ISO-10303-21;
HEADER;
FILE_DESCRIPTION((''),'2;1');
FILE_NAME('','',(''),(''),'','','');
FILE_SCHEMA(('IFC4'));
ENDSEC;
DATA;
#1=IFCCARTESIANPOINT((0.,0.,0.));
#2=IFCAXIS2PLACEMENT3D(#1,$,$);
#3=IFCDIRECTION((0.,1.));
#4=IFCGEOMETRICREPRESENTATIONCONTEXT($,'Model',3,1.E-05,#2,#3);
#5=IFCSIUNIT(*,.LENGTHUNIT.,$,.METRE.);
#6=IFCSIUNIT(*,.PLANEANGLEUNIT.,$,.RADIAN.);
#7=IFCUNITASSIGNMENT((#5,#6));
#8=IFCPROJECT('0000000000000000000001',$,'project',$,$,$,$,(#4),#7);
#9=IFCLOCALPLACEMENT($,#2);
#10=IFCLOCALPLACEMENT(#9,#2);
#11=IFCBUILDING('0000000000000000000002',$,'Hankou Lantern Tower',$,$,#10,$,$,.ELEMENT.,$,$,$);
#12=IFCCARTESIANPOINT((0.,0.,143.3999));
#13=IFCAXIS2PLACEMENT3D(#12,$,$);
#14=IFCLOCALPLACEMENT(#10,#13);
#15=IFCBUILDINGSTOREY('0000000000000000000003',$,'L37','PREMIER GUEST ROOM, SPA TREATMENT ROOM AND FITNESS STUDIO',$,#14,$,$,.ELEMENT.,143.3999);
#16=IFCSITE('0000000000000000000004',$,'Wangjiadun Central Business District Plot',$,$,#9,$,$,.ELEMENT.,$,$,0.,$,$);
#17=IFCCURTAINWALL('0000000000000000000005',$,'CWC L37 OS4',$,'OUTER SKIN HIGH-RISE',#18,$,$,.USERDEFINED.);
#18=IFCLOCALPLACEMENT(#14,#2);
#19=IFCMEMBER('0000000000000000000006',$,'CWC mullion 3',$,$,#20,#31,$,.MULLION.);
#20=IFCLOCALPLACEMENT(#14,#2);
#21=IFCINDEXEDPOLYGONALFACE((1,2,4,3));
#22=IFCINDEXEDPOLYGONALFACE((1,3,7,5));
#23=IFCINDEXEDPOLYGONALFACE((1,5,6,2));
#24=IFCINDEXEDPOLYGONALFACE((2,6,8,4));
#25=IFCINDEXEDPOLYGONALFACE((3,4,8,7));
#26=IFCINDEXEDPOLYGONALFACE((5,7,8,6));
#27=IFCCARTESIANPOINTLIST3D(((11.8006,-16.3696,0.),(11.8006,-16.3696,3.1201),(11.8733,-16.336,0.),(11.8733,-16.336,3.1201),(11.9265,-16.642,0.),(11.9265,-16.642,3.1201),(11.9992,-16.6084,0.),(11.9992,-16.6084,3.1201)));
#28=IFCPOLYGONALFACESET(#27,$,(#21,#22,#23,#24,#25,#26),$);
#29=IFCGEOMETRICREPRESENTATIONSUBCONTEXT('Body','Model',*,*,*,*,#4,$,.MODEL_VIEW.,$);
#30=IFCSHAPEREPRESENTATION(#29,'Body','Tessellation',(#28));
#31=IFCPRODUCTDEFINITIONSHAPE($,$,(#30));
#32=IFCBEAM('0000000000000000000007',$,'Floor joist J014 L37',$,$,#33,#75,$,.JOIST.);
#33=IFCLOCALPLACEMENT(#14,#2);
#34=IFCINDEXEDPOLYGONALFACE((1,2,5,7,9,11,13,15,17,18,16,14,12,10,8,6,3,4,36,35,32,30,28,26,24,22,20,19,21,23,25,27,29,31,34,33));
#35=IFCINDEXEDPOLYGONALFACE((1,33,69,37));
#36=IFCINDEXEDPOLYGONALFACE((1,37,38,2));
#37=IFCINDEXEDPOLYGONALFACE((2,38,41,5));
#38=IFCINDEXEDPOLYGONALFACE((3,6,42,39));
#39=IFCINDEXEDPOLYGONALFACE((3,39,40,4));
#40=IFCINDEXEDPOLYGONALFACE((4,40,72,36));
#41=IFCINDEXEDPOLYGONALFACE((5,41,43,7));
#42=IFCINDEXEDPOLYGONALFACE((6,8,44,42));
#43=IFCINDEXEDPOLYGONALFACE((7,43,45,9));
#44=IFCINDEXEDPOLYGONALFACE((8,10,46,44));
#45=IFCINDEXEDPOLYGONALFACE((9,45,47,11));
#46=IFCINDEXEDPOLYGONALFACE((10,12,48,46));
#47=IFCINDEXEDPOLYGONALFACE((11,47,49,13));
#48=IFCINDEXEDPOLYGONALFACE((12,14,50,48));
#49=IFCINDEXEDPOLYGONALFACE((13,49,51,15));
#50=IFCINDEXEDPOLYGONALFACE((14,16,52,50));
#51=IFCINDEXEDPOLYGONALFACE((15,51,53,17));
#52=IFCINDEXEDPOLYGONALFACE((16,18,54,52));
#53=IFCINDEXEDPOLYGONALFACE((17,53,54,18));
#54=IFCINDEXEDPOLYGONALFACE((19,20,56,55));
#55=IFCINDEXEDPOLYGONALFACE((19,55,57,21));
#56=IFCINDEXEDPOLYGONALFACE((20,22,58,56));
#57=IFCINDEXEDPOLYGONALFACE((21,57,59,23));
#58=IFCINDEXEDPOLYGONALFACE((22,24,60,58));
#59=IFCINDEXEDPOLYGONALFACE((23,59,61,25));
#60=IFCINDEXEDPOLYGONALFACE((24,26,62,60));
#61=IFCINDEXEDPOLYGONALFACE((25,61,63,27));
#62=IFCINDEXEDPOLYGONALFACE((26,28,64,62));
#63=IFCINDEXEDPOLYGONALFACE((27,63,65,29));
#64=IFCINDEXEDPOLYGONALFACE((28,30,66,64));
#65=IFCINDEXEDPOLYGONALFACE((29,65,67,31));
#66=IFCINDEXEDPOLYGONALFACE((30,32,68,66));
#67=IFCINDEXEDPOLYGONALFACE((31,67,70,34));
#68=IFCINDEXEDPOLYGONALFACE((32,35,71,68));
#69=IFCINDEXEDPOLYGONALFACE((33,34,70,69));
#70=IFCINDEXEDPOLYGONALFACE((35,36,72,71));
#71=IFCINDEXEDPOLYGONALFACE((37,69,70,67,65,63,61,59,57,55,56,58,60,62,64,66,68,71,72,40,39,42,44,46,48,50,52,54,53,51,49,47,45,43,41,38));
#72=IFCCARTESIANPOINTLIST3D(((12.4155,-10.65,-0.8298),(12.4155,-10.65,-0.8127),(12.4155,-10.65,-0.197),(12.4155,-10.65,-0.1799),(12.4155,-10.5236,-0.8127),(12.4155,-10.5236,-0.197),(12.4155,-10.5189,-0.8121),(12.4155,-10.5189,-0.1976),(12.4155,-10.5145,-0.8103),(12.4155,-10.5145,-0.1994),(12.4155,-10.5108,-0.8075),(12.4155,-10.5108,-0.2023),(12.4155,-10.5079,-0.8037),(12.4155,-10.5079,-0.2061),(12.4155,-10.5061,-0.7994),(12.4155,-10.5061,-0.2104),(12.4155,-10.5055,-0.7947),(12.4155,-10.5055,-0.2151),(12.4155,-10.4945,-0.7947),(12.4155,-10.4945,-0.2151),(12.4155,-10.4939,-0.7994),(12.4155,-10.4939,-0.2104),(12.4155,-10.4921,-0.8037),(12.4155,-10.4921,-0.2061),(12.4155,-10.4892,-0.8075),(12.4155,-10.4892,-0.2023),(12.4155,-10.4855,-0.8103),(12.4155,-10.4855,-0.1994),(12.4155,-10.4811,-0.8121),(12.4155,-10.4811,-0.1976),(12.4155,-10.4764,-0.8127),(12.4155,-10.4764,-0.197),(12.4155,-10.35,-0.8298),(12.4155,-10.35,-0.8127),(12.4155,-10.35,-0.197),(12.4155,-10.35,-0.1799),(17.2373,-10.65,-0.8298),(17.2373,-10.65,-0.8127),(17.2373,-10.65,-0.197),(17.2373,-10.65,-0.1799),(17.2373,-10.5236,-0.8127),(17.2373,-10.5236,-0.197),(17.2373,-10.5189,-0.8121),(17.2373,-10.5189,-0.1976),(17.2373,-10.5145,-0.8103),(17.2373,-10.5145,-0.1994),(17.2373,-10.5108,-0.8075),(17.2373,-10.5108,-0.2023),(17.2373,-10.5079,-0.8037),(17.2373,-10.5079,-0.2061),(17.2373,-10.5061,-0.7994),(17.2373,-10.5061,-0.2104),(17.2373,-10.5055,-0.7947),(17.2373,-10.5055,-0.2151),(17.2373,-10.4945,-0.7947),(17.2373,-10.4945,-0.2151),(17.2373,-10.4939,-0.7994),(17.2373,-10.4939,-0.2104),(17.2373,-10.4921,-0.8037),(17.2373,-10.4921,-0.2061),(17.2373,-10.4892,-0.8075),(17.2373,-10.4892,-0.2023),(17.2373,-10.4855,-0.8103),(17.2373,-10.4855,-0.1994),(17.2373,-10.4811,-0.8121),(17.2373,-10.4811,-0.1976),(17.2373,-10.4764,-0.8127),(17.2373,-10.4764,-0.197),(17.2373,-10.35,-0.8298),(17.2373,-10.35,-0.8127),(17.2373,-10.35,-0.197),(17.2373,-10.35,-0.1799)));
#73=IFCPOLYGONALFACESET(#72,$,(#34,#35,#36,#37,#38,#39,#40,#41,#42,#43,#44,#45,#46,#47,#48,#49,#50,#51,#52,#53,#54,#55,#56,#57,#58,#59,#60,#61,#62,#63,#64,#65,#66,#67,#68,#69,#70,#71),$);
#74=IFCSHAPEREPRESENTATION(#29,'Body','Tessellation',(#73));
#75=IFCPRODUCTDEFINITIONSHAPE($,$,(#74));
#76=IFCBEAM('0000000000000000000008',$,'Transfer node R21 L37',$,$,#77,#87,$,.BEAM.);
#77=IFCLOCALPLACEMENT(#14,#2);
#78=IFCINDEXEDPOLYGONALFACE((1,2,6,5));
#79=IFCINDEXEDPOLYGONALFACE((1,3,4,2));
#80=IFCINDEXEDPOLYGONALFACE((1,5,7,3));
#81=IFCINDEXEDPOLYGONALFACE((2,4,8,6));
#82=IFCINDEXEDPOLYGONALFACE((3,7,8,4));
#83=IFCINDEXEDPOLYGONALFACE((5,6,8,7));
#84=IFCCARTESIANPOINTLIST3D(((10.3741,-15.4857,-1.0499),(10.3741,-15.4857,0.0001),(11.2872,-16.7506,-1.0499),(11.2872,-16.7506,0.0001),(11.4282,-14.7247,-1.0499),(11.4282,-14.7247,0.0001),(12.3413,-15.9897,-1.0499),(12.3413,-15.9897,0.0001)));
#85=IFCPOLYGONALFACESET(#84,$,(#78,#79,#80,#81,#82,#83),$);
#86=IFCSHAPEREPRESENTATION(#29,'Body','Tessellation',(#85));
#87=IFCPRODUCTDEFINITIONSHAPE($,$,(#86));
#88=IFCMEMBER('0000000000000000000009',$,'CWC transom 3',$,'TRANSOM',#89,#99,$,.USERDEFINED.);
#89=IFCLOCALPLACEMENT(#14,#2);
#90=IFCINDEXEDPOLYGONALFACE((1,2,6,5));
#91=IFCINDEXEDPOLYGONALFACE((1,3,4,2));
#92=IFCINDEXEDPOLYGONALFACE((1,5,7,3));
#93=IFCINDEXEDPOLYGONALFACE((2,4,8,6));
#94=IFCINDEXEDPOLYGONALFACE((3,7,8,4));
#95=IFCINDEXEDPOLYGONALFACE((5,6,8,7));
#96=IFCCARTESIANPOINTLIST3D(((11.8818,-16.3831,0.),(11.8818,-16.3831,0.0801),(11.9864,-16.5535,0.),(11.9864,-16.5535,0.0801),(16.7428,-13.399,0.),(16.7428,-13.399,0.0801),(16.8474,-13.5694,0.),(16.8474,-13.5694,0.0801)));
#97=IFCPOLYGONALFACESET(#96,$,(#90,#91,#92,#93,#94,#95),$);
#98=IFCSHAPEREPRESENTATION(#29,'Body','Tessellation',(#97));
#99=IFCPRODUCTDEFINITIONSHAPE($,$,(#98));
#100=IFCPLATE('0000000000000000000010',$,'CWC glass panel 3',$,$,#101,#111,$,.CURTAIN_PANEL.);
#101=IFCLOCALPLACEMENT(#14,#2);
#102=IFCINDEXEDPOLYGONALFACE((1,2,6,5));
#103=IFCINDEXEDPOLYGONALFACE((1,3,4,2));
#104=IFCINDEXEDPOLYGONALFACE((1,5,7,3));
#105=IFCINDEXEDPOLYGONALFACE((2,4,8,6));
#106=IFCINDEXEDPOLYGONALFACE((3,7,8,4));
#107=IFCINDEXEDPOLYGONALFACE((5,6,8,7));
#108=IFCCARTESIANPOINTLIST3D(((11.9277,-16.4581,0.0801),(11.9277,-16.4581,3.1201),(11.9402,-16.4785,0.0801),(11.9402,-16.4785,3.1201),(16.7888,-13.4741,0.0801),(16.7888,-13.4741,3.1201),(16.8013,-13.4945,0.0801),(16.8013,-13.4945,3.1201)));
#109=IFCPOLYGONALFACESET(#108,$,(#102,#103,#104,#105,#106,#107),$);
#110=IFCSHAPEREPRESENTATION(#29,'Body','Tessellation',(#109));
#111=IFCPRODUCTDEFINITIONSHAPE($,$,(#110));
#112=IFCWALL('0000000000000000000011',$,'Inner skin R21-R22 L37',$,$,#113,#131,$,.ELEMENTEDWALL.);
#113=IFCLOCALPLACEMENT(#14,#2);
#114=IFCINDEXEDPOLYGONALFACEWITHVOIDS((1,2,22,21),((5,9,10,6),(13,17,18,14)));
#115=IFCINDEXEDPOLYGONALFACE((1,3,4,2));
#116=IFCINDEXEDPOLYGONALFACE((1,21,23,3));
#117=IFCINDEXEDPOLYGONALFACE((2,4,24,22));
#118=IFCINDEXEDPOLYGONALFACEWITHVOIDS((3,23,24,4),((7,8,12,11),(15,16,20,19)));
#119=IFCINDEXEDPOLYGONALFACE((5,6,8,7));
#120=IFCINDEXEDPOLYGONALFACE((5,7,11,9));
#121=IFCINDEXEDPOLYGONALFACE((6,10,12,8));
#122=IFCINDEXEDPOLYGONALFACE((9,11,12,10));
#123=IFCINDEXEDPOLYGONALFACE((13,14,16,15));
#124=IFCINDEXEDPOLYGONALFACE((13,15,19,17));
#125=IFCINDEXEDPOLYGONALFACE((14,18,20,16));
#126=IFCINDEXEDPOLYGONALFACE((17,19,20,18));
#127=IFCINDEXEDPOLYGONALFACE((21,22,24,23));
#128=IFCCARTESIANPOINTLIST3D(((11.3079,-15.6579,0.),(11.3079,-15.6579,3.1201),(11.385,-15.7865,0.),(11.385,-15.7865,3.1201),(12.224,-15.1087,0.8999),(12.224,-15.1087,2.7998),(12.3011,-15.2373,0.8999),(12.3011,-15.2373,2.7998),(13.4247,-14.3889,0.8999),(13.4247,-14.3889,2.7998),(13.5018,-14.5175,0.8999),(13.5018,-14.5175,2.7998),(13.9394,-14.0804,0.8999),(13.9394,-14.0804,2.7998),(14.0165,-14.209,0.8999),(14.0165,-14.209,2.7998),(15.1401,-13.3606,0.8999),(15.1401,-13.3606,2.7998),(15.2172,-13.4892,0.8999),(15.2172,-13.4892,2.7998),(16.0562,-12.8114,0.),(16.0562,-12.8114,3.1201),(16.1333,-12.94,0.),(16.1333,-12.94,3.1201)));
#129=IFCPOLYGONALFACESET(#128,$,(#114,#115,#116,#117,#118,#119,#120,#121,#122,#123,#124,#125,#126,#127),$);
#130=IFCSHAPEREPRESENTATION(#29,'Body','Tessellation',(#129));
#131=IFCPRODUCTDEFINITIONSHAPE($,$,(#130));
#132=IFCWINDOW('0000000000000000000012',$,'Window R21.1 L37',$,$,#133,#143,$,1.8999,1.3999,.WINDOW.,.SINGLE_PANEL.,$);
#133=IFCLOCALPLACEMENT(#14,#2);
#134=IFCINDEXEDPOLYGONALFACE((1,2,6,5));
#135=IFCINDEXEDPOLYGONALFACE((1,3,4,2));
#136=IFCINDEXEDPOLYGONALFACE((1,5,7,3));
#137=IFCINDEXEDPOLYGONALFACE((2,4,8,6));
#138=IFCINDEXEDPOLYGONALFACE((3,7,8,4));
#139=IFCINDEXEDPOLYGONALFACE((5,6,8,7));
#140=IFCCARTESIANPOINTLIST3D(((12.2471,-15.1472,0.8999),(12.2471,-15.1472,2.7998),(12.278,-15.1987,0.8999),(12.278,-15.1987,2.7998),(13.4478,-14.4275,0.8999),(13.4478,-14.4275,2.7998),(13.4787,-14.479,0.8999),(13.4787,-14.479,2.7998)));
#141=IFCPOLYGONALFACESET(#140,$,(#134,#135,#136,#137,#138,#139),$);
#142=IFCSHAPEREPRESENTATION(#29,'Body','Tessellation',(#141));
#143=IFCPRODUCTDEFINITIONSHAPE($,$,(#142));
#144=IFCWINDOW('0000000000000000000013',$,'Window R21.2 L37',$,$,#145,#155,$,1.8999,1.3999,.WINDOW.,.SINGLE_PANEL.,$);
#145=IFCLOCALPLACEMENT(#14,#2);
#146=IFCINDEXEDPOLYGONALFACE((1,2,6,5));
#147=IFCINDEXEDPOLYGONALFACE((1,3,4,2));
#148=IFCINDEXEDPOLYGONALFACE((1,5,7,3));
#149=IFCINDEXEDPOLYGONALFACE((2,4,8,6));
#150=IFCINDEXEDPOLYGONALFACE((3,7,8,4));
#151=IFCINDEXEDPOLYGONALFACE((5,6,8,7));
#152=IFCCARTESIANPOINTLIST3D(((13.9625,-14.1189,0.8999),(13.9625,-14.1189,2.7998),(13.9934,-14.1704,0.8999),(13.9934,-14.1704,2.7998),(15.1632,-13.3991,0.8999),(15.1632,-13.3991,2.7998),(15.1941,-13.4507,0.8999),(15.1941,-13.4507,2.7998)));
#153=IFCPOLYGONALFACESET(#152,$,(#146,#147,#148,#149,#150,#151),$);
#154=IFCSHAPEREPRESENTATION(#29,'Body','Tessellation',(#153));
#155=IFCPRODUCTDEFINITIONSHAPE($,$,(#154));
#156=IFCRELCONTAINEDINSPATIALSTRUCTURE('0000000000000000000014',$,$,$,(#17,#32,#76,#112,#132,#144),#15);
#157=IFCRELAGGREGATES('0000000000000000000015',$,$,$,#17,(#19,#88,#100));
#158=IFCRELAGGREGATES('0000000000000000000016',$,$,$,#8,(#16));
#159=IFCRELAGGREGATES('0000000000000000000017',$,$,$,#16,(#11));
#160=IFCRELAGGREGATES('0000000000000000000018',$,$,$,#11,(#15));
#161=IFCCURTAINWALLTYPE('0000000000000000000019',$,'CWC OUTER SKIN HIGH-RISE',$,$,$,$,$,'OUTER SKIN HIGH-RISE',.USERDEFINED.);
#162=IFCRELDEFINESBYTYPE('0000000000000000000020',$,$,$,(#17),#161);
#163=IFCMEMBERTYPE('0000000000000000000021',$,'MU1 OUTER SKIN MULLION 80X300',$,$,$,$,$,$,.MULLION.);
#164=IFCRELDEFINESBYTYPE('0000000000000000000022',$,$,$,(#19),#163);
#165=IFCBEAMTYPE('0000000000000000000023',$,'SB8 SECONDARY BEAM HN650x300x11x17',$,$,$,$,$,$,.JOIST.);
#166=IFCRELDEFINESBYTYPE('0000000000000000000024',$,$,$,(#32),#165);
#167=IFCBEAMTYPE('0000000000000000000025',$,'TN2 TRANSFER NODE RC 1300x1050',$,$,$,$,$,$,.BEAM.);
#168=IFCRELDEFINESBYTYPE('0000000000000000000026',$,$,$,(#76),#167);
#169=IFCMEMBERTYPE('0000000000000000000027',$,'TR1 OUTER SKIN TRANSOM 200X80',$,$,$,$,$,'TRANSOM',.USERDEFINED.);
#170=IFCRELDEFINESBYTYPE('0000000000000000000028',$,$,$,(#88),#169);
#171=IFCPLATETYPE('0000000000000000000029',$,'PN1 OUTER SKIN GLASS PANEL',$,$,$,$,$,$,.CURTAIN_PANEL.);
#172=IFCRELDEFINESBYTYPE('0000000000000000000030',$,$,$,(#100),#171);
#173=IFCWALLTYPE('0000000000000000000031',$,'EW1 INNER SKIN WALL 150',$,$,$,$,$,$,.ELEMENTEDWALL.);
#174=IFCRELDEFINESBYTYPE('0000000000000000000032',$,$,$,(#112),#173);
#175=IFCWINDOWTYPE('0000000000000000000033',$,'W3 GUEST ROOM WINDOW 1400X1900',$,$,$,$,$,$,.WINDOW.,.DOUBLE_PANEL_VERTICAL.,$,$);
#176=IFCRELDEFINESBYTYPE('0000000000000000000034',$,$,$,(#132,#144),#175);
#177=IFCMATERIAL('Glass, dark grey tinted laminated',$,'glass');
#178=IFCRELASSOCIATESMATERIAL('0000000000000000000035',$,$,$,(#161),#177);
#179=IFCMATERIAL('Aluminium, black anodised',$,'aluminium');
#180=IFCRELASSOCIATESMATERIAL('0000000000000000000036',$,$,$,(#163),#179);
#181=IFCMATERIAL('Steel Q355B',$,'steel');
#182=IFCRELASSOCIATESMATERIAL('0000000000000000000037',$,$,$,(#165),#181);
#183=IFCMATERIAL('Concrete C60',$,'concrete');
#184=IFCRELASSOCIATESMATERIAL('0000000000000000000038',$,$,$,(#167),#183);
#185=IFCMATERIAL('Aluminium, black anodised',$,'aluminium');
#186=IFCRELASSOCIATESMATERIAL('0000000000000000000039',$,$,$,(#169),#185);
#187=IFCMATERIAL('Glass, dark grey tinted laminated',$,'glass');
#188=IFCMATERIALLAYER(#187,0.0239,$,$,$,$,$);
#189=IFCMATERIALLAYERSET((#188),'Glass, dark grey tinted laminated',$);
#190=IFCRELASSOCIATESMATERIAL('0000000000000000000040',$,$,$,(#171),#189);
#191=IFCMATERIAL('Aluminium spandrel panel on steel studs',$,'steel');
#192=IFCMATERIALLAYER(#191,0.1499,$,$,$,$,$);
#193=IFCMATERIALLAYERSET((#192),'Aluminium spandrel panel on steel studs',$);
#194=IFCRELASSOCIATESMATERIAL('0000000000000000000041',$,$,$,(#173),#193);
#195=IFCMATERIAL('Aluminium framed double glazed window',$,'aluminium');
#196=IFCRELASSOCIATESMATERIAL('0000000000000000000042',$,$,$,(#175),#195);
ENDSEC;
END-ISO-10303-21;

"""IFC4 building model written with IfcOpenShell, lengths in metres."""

from ifc_helpers import new_model, si_unit, direction, frame, frame_2d, origin, origin_2d, place, context, subcontext, project, spatial, rectangle, i_section, extrude, material, layer, layer_set, material_profile, profile_set, type_object, element, fill, aggregate, save


model = new_model("IFC4")

# Units and contexts
model_context = context("Model", 3, precision=1e-05, world=origin(), true_north=direction((0.0, 1.0)))
body_context = subcontext(model_context, "Body", "Model", "MODEL_VIEW")
ifc_project = project(units=[si_unit("LENGTHUNIT", "METRE"), si_unit("PLANEANGLEUNIT", "RADIAN")], contexts=[model_context])

# Site, building, storey
site_placement = place(None, origin())
site = spatial("IfcSite", under=ifc_project, at=site_placement, Name="Wangjiadun Central Business District Plot", CompositionType="ELEMENT", RefElevation=0.0)
building_placement = place(site_placement, origin())
building = spatial("IfcBuilding", under=site, at=building_placement, Name="Hankou Lantern Tower", CompositionType="ELEMENT")
storey_placement = place(building_placement, frame((0.0, 0.0, 143.3999)))
storey = spatial("IfcBuildingStorey", under=building, at=storey_placement, Name="L37", Description="PREMIER GUEST ROOM, SPA TREATMENT ROOM AND FITNESS STUDIO", CompositionType="ELEMENT", Elevation=143.3999)

# Curtain wall, member
ifc_material_1 = material(Name="Glass, dark grey tinted laminated", Category="glass")
curtain_wall_type = type_object("IfcCurtainWallType", Name="CWC OUTER SKIN HIGH-RISE", ElementType="OUTER SKIN HIGH-RISE", PredefinedType="USERDEFINED", material=ifc_material_1)
curtain_wall_placement = place(storey_placement, origin())
curtain_wall = element("IfcCurtainWall", 1, at=curtain_wall_placement, inside=storey, type_object=curtain_wall_type, Name="CWC L37 OS4", ObjectType="OUTER SKIN HIGH-RISE", PredefinedType="USERDEFINED")
ifc_material_2 = material(Name="Aluminium, black anodised", Category="aluminium")
ifc_material_profile_1 = material_profile(ifc_material_2, rectangle(XDim=0.0801, YDim=0.3, at=origin_2d()), Name="MU1 80X300")
ifc_profile_set_1 = profile_set([ifc_material_profile_1], Name="Aluminium, black anodised")
member_type_1 = type_object("IfcMemberType", Name="MU1 OUTER SKIN MULLION 80X300", PredefinedType="MULLION", material=ifc_profile_set_1)
member_1_placement = place(storey_placement, frame((11.8999, -16.489, 0.0), z_axis=(0.0, 0.0, 1.0), x_axis=(0.907841, 0.419314, 0.0)))
member_1 = element("IfcMember", 2, at=member_1_placement, type_object=member_type_1, Name="CWC mullion 3", PredefinedType="MULLION", context=body_context, shape_type="SweptSolid", body=[
    extrude(rectangle(XDim=0.0801, YDim=0.3, at=origin_2d()), origin(), (0.0, 0.0, 1.0), 3.1201),
])

# Beams
ifc_material_3 = material(Name="Steel Q355B", Category="steel")
ifc_material_profile_2 = material_profile(ifc_material_3, i_section(OverallWidth=0.3, OverallDepth=0.6499, WebThickness=0.011, FlangeThickness=0.0171, FilletRadius=0.0181, at=origin_2d()), Name="HN650x300x11x17")
ifc_profile_set_2 = profile_set([ifc_material_profile_2], Name="Steel Q355B")
beam_type_1 = type_object("IfcBeamType", Name="SB8 SECONDARY BEAM HN650x300x11x17", PredefinedType="JOIST", material=ifc_profile_set_2)
beam_1_placement = place(storey_placement, frame((12.4155, -10.5, -0.5049), z_axis=(1.0, 0.0, 0.0), x_axis=(0.0, 1.0, 0.0)))
element("IfcBeam", 3, at=beam_1_placement, inside=storey, type_object=beam_type_1, Name="Floor joist J014 L37", PredefinedType="JOIST", context=body_context, shape_type="SweptSolid", body=[
    extrude(i_section(OverallWidth=0.3, OverallDepth=0.6499, WebThickness=0.011, FlangeThickness=0.0171, FilletRadius=0.0181, at=origin_2d()), origin(), (0.0, 0.0, 1.0), 4.8218),
])
ifc_material_4 = material(Name="Concrete C60", Category="concrete")
ifc_material_profile_3 = material_profile(ifc_material_4, rectangle(XDim=1.3, YDim=1.05, at=origin_2d()), Name="RC 1300x1050")
ifc_profile_set_3 = profile_set([ifc_material_profile_3], Name="Concrete C60")
beam_type_2 = type_object("IfcBeamType", Name="TN2 TRANSFER NODE RC 1300x1050", PredefinedType="BEAM", material=ifc_profile_set_3)
beam_2_placement = place(storey_placement, frame((11.8142, -16.3701, -0.5249), z_axis=(-0.585302, 0.810815, 0.0), x_axis=(-0.810815, -0.585302, 0.0)))
element("IfcBeam", 4, at=beam_2_placement, inside=storey, type_object=beam_type_2, Name="Transfer node R21 L37", PredefinedType="BEAM", context=body_context, shape_type="SweptSolid", body=[
    extrude(rectangle(XDim=1.3, YDim=1.05, at=origin_2d()), origin(), (0.0, 0.0, 1.0), 1.5601),
])

# Member
ifc_material_5 = material(Name="Aluminium, black anodised", Category="aluminium")
ifc_material_profile_4 = material_profile(ifc_material_5, rectangle(XDim=0.2, YDim=0.0801, at=origin_2d()), Name="TR1 200X80")
ifc_profile_set_4 = profile_set([ifc_material_profile_4], Name="Aluminium, black anodised")
member_type_2 = type_object("IfcMemberType", Name="TR1 OUTER SKIN TRANSOM 200X80", ElementType="TRANSOM", PredefinedType="USERDEFINED", material=ifc_profile_set_4)
member_2_placement = place(storey_placement, frame((11.9341, -16.4683, 0.04), z_axis=(0.852229, 0.523168, 0.0), x_axis=(-0.523168, 0.852229, 0.0)))
member_2 = element("IfcMember", 5, at=member_2_placement, type_object=member_type_2, Name="CWC transom 3", ObjectType="TRANSOM", PredefinedType="USERDEFINED", context=body_context, shape_type="SweptSolid", body=[
    extrude(rectangle(XDim=0.2, YDim=0.0801, at=origin_2d()), origin(), (0.0, 0.0, 1.0), 5.7039),
])

# Plate
ifc_material_6 = material(Name="Glass, dark grey tinted laminated", Category="glass")
ifc_layer_1 = layer(ifc_material_6, 0.0239)
ifc_layer_set_1 = layer_set([ifc_layer_1], Name="Glass, dark grey tinted laminated")
plate_type = type_object("IfcPlateType", Name="PN1 OUTER SKIN GLASS PANEL", PredefinedType="CURTAIN_PANEL", material=ifc_layer_set_1)
plate_placement = place(storey_placement, frame((14.3645, -14.9763, 0.0801), z_axis=(0.0, 0.0, 1.0), x_axis=(0.852237, 0.523156, 0.0)))
plate = element("IfcPlate", 6, at=plate_placement, type_object=plate_type, Name="CWC glass panel 3", PredefinedType="CURTAIN_PANEL", context=body_context, shape_type="SweptSolid", body=[
    extrude(rectangle(XDim=5.7039, YDim=0.0239, at=origin_2d()), origin(), (0.0, 0.0, 1.0), 3.04),
])
aggregate(curtain_wall, [member_1, member_2, plate])

# Wall, openings, windows
ifc_material_7 = material(Name="Aluminium spandrel panel on steel studs", Category="steel")
ifc_layer_2 = layer(ifc_material_7, 0.1499)
ifc_layer_set_2 = layer_set([ifc_layer_2], Name="Aluminium spandrel panel on steel studs")
wall_type_1 = type_object("IfcWallType", Name="EW1 INNER SKIN WALL 150", PredefinedType="ELEMENTEDWALL", material=ifc_layer_set_2)
wall_1_placement = place(storey_placement, frame((11.3464, -15.7222, 0.0), z_axis=(0.0, 0.0, 1.0), x_axis=(0.857695, 0.514158, 0.0)))
wall_1 = element("IfcWall", 7, at=wall_1_placement, inside=storey, type_object=wall_type_1, Name="Inner skin R21-R22 L37", PredefinedType="ELEMENTEDWALL", context=body_context, shape_type="SweptSolid", body=[
    extrude(rectangle(XDim=5.5361, YDim=0.1499, at=frame_2d((2.7681, 0.0))), origin(), (0.0, 0.0, 1.0), 3.1201),
])
opening_1_placement = place(wall_1_placement, frame((1.0681, 0.0, 0.8999)))
opening_1 = element("IfcOpeningElement", 8, at=opening_1_placement, cuts=wall_1, PredefinedType="OPENING", context=body_context, shape_type="SweptSolid", body=[
    extrude(rectangle(XDim=1.3999, YDim=1.8999, at=frame_2d((0.7, 0.95))), frame((0.0, 0.085, 0.0), z_axis=(0.0, -1.0, 0.0), x_axis=(1.0, 0.0, 0.0)), (0.0, 0.0, 1.0), 0.1699),
])
opening_2_placement = place(wall_1_placement, frame((3.0681, 0.0, 0.8999)))
opening_2 = element("IfcOpeningElement", 9, at=opening_2_placement, cuts=wall_1, PredefinedType="OPENING", context=body_context, shape_type="SweptSolid", body=[
    extrude(rectangle(XDim=1.3999, YDim=1.8999, at=frame_2d((0.7, 0.95))), frame((0.0, 0.085, 0.0), z_axis=(0.0, -1.0, 0.0), x_axis=(1.0, 0.0, 0.0)), (0.0, 0.0, 1.0), 0.1699),
])
ifc_material_8 = material(Name="Aluminium framed double glazed window", Category="aluminium")
window_type = type_object("IfcWindowType", Name="W3 GUEST ROOM WINDOW 1400X1900", PartitioningType="DOUBLE_PANEL_VERTICAL", PredefinedType="WINDOW", material=ifc_material_8)
window_1_placement = place(opening_1_placement, origin())
window_1 = element("IfcWindow", 10, at=window_1_placement, inside=storey, type_object=window_type, Name="Window R21.1 L37", OverallHeight=1.8999, OverallWidth=1.3999, PartitioningType="SINGLE_PANEL", PredefinedType="WINDOW", context=body_context, shape_type="SweptSolid", body=[
    extrude(rectangle(XDim=1.3999, YDim=1.8999, at=frame_2d((0.7, 0.95))), frame((0.0, 0.03, 0.0), z_axis=(0.0, -1.0, 0.0), x_axis=(1.0, 0.0, 0.0)), (0.0, 0.0, 1.0), 0.0601),
])
fill(opening_1, window_1)
window_2_placement = place(opening_2_placement, origin())
window_2 = element("IfcWindow", 11, at=window_2_placement, inside=storey, type_object=window_type, Name="Window R21.2 L37", OverallHeight=1.8999, OverallWidth=1.3999, PartitioningType="SINGLE_PANEL", PredefinedType="WINDOW", context=body_context, shape_type="SweptSolid", body=[
    extrude(rectangle(XDim=1.3999, YDim=1.8999, at=frame_2d((0.7, 0.95))), frame((0.0, 0.03, 0.0), z_axis=(0.0, -1.0, 0.0), x_axis=(1.0, 0.0, 0.0)), (0.0, 0.0, 1.0), 0.0601),
])
fill(opening_2, window_2)

save(model, "model.ifc")
